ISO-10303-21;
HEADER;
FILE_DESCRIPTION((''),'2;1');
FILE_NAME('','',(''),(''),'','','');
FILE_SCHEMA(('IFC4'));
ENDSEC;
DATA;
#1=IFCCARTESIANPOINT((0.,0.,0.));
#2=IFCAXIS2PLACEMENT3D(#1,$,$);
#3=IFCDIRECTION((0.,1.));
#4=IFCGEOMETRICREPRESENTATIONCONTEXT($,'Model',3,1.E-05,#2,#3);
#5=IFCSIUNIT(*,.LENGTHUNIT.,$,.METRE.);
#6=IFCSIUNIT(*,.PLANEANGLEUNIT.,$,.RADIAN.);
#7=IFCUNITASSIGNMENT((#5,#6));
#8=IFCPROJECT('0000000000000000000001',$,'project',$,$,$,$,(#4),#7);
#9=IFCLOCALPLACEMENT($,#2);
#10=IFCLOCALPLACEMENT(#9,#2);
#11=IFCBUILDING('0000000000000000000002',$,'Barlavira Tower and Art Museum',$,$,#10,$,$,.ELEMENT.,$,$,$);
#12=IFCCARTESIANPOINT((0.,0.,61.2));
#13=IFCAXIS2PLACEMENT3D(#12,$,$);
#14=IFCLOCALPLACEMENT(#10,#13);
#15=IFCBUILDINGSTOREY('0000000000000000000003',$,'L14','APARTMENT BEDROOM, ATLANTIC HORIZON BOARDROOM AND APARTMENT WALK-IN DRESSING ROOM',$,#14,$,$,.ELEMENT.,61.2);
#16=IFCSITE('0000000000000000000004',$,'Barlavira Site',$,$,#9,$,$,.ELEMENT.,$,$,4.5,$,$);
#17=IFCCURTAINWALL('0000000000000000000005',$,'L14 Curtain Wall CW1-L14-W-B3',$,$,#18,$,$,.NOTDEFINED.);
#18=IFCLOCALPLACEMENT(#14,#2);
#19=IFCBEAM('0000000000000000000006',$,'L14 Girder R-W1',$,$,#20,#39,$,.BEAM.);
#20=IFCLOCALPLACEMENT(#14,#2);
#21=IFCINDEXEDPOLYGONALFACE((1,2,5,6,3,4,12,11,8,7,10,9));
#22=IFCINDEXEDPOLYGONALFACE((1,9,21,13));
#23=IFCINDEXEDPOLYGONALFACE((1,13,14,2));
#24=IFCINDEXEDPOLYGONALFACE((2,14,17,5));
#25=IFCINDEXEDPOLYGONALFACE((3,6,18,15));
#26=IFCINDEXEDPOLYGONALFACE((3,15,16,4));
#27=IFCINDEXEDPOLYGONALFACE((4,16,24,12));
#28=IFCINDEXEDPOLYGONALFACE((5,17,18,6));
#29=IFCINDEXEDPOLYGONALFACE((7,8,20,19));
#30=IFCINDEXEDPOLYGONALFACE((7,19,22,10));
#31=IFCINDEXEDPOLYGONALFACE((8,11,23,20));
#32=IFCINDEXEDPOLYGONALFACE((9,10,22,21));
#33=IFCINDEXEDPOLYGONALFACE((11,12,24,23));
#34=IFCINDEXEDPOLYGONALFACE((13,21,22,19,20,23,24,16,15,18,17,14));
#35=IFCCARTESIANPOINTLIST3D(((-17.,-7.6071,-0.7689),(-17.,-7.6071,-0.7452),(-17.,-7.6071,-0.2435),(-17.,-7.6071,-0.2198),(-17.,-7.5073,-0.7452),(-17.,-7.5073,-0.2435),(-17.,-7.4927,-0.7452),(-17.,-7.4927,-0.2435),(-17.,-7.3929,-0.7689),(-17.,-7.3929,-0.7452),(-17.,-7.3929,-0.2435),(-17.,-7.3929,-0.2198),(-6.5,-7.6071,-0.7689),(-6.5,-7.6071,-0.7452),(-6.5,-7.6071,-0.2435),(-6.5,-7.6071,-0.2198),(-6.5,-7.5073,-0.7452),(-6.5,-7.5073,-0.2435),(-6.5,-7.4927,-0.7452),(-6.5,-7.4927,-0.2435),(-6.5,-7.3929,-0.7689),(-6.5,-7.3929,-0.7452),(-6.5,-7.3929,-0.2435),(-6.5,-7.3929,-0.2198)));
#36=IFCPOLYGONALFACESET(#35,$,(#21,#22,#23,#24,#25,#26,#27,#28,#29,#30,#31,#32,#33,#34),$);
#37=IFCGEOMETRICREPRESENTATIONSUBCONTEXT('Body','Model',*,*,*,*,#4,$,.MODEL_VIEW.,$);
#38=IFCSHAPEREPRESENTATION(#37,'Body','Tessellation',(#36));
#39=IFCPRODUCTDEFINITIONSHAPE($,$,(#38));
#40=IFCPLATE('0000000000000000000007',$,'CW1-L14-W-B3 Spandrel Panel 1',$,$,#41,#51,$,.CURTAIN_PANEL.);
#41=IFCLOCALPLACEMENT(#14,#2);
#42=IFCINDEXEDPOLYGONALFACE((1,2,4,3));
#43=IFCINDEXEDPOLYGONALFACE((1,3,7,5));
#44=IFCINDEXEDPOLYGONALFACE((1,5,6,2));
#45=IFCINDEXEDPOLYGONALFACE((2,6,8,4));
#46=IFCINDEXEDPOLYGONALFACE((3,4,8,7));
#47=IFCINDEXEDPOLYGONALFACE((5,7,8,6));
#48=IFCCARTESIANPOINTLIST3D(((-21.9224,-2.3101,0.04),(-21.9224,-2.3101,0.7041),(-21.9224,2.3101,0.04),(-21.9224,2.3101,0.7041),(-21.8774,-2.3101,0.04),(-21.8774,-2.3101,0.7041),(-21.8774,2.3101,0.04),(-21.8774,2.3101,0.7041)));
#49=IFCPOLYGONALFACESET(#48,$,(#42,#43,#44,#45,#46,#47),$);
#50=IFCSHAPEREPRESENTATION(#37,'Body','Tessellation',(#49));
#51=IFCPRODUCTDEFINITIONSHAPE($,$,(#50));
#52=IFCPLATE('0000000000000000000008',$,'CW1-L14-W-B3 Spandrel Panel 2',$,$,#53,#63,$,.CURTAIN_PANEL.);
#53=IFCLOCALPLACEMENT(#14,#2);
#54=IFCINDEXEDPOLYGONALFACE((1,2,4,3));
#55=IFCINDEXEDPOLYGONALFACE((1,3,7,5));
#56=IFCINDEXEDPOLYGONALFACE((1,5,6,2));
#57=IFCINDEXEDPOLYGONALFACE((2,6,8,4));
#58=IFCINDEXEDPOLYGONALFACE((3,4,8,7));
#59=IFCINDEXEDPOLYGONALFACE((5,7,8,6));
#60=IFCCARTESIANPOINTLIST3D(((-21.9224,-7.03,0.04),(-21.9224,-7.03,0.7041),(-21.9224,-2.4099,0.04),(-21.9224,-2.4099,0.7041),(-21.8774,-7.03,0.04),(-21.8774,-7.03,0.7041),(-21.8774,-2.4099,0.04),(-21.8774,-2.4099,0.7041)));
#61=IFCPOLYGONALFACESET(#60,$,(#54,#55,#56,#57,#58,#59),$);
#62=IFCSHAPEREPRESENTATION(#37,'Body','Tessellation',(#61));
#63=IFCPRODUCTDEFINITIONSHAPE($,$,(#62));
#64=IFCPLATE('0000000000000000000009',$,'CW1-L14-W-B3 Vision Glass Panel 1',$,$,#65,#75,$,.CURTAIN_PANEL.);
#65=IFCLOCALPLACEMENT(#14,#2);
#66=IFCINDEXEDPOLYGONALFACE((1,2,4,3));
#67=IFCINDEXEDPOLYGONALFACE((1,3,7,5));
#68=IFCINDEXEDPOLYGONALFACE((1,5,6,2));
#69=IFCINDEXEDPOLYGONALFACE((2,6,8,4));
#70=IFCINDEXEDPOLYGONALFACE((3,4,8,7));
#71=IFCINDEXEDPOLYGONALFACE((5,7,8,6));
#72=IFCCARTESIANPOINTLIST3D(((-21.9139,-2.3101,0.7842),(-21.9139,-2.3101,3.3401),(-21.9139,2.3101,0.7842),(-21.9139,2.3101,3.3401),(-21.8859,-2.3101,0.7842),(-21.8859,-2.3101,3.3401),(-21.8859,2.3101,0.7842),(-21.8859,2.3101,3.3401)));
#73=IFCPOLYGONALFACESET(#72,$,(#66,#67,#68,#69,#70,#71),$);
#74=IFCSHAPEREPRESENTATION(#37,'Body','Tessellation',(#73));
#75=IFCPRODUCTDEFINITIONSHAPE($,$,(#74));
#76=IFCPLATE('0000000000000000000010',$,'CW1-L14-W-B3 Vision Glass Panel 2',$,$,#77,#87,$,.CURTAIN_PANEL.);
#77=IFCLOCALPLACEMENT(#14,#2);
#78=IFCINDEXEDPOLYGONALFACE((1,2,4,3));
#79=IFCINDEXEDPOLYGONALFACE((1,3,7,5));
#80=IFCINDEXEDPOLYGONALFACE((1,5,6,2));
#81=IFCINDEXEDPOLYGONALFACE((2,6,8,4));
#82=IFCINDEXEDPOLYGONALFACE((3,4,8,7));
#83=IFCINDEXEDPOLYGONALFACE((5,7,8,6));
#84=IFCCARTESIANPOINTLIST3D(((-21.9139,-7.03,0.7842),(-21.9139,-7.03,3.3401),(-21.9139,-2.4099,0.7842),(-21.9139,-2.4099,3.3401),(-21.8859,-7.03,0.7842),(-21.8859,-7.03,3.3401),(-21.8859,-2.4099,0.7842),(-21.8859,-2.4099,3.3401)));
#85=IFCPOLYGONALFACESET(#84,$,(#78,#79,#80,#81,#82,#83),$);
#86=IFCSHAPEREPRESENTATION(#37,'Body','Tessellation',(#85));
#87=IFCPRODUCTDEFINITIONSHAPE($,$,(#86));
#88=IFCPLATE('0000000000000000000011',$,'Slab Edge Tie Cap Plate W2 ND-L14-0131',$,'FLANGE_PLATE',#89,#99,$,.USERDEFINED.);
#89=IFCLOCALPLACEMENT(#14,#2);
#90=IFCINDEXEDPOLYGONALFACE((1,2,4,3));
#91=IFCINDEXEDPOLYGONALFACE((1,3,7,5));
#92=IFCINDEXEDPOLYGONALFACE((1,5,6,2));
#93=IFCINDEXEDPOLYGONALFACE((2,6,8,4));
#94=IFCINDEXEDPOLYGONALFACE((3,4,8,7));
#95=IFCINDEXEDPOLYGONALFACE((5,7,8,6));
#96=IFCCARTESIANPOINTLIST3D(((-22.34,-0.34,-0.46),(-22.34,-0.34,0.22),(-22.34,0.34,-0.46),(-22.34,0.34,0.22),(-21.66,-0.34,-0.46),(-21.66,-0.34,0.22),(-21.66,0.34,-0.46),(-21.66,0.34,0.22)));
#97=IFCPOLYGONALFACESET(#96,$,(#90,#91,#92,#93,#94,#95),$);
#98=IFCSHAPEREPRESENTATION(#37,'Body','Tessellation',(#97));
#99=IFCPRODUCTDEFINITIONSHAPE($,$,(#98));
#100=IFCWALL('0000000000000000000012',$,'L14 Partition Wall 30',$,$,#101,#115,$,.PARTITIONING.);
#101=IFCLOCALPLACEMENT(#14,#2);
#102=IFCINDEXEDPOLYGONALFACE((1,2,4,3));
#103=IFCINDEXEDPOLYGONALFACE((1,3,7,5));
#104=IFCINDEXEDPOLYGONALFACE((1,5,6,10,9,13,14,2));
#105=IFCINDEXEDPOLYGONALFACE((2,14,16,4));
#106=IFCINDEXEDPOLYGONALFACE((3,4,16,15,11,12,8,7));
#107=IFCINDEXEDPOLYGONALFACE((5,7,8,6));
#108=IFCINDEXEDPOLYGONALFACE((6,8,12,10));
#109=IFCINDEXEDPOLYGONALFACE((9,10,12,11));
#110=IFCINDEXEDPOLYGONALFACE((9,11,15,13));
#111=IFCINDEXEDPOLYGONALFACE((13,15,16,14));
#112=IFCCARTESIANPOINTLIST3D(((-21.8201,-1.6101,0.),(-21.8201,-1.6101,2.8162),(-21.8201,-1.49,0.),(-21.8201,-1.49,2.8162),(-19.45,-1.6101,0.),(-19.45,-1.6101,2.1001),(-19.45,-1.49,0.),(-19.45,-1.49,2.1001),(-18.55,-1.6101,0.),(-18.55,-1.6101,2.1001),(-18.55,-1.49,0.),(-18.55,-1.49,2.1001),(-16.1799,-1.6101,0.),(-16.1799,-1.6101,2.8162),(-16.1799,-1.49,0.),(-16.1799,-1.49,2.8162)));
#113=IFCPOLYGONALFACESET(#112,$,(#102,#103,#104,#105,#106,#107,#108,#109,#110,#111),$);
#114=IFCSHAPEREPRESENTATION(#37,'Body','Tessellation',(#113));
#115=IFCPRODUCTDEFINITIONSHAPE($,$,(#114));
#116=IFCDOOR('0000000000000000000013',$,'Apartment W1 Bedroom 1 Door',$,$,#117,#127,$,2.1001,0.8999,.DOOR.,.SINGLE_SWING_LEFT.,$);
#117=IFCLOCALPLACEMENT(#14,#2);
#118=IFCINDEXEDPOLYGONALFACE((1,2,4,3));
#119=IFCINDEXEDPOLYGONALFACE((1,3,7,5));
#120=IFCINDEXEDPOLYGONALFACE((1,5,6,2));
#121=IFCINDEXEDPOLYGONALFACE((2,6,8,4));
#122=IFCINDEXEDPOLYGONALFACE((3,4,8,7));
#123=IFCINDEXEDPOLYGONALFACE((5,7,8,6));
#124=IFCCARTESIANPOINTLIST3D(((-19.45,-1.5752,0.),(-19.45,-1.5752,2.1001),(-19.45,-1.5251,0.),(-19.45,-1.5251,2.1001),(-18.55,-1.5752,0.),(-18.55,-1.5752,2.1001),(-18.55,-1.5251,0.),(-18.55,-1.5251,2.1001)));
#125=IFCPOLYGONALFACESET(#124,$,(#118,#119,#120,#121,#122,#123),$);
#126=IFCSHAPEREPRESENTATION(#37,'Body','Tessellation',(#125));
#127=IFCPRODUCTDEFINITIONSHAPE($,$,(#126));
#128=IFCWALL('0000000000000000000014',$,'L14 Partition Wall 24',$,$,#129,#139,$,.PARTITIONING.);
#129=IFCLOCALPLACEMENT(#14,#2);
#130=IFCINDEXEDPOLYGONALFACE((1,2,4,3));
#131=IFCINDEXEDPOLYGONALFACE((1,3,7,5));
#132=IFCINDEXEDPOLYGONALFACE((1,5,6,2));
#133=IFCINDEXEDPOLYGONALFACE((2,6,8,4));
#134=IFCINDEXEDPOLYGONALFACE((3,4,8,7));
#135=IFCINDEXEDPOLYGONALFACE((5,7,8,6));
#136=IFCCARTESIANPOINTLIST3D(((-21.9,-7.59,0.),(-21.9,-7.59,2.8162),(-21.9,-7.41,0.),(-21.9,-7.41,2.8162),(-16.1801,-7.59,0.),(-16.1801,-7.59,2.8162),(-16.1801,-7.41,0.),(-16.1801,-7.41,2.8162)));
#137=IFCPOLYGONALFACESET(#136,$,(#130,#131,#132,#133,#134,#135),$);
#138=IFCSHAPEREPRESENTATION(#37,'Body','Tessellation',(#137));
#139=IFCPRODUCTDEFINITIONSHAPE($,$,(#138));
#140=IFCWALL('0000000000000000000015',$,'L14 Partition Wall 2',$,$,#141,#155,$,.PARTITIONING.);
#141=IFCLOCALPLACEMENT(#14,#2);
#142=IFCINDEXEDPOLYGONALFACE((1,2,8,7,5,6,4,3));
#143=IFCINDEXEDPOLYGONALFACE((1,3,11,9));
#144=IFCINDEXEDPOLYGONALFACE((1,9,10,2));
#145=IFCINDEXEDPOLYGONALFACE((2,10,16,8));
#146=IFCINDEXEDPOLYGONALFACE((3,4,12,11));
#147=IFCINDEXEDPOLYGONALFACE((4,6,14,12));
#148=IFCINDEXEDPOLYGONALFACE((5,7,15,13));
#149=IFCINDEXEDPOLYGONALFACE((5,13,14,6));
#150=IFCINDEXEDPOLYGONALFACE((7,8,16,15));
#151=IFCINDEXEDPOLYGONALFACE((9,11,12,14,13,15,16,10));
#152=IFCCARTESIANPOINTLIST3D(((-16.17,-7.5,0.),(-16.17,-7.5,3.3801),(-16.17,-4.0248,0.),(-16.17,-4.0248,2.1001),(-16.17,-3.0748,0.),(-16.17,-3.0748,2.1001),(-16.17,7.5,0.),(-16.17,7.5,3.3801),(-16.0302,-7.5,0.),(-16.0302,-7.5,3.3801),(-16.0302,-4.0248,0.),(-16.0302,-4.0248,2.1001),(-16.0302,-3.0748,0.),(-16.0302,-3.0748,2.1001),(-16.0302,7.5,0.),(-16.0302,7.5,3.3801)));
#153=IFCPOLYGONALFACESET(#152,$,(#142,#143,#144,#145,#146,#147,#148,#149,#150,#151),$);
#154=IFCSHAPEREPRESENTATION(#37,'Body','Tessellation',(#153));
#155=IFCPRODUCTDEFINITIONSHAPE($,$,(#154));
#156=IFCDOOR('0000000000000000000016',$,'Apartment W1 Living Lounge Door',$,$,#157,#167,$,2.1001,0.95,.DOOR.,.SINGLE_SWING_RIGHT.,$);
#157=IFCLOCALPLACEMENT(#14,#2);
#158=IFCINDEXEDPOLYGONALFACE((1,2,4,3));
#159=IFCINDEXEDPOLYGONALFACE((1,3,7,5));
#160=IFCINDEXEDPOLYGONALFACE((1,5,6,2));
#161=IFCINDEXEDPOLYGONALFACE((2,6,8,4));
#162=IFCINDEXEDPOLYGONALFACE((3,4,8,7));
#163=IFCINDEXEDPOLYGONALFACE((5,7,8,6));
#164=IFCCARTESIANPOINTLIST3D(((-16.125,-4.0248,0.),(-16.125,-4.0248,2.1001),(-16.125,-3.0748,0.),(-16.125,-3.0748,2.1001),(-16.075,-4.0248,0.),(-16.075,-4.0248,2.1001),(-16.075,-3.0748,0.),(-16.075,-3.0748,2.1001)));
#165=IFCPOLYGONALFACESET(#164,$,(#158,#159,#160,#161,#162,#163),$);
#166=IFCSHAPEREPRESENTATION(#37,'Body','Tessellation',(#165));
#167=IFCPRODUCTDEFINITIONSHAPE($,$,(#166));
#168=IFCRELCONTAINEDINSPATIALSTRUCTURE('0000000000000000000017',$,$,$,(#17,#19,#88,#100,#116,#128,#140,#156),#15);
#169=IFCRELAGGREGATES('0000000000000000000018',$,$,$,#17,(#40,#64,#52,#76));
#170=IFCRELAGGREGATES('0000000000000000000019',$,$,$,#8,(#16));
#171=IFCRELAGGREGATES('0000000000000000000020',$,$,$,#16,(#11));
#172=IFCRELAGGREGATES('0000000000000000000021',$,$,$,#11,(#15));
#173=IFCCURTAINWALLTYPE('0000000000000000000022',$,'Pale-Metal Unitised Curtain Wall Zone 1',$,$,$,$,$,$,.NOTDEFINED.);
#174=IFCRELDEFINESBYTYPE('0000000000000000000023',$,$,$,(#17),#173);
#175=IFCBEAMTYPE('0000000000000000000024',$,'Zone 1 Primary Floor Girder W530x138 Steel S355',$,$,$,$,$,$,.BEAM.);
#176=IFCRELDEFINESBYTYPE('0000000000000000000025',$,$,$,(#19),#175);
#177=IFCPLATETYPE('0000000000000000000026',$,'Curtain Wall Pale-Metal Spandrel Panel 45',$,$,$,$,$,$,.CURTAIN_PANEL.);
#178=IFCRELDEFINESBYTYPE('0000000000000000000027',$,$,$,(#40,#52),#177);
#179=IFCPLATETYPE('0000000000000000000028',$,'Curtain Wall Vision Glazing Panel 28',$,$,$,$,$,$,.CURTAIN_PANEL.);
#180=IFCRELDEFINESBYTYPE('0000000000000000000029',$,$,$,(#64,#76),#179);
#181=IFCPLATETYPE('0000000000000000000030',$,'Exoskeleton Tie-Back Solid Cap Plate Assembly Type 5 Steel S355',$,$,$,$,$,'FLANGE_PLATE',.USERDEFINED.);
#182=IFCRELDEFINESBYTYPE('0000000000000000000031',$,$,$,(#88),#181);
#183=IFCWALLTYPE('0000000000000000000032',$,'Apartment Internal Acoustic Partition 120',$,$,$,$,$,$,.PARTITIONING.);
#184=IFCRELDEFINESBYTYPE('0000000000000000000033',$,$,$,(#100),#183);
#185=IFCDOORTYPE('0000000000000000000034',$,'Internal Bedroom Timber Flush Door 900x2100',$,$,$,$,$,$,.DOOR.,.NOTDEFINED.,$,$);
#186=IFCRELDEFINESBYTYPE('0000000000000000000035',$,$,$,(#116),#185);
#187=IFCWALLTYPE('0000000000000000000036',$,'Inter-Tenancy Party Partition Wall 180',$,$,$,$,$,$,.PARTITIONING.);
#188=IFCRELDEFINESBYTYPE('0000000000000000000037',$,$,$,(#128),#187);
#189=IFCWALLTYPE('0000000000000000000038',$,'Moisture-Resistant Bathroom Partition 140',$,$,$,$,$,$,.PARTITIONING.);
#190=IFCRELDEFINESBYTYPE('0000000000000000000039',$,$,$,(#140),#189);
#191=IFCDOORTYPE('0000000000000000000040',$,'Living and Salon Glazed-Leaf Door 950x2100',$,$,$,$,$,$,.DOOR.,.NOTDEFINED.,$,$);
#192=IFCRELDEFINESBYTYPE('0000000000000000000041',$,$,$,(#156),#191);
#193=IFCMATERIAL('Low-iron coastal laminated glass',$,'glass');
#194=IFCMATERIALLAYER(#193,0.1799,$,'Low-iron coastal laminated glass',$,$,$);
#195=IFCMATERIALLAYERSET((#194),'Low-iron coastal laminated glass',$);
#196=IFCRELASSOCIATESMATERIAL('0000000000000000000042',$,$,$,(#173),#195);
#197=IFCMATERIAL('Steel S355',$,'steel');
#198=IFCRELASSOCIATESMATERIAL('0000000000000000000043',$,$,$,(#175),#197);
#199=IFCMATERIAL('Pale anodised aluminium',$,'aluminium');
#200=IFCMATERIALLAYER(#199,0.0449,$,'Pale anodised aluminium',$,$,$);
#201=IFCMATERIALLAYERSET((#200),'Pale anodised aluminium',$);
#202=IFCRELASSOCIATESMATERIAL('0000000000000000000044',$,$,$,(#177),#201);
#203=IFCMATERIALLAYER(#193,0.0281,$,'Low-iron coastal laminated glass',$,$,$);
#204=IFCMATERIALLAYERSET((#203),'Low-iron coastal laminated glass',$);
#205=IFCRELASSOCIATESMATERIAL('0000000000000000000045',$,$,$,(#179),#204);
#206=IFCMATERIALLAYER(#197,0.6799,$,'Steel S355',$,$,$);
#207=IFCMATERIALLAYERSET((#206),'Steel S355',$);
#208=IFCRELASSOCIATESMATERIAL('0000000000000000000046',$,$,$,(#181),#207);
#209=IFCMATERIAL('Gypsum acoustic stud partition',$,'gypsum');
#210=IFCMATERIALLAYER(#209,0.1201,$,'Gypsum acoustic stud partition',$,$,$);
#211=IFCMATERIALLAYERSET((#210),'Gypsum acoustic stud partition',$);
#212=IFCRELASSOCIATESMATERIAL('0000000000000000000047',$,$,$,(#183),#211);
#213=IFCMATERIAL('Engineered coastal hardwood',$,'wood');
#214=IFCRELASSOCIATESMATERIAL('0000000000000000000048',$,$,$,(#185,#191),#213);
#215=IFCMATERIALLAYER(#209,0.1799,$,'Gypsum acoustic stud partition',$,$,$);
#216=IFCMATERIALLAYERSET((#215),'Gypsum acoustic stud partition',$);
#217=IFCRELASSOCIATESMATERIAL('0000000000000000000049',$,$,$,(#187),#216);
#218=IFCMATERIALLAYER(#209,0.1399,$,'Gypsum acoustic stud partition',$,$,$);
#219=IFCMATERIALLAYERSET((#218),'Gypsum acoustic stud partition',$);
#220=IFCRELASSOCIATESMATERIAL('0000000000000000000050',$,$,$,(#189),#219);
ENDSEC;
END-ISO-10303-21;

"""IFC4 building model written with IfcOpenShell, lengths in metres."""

from ifc_helpers import new_model, si_unit, direction, frame, frame_2d, origin, origin_2d, place, context, subcontext, project, spatial, rectangle, i_section, extrude, material, layer, layer_set, material_profile, profile_set, type_object, element, fill, aggregate, save


model = new_model("IFC4")

# Units and contexts
model_context = context("Model", 3, precision=1e-05, world=origin(), true_north=direction((0.0, 1.0)))
body_context = subcontext(model_context, "Body", "Model", "MODEL_VIEW")
ifc_project = project(units=[si_unit("LENGTHUNIT", "METRE"), si_unit("PLANEANGLEUNIT", "RADIAN")], contexts=[model_context])

# Site, building, storey
site_placement = place(None, origin())
site = spatial("IfcSite", under=ifc_project, at=site_placement, Name="Barlavira Site", CompositionType="ELEMENT", RefElevation=4.5)
building_placement = place(site_placement, origin())
building = spatial("IfcBuilding", under=site, at=building_placement, Name="Barlavira Tower and Art Museum", CompositionType="ELEMENT")
storey_placement = place(building_placement, frame((0.0, 0.0, 61.2)))
storey = spatial("IfcBuildingStorey", under=building, at=storey_placement, Name="L14", Description="APARTMENT BEDROOM, ATLANTIC HORIZON BOARDROOM AND APARTMENT WALK-IN DRESSING ROOM", CompositionType="ELEMENT", Elevation=61.2)

# Curtain wall
ifc_material_1 = material(Name="Low-iron coastal laminated glass", Category="glass")
ifc_layer_1 = layer(ifc_material_1, 0.1799, Name="Low-iron coastal laminated glass")
ifc_layer_set_1 = layer_set([ifc_layer_1], Name="Low-iron coastal laminated glass")
curtain_wall_type = type_object("IfcCurtainWallType", Name="Pale-Metal Unitised Curtain Wall Zone 1", PredefinedType="NOTDEFINED", material=ifc_layer_set_1)
curtain_wall_placement = place(storey_placement, origin())
curtain_wall = element("IfcCurtainWall", 1, at=curtain_wall_placement, inside=storey, type_object=curtain_wall_type, Name="L14 Curtain Wall CW1-L14-W-B3", PredefinedType="NOTDEFINED")
ifc_material_2 = material(Name="Pale anodised aluminium", Category="aluminium")

# Shared definitions
ifc_material_3 = material(Name="Steel S355", Category="steel")

# Beam
ifc_material_profile_1 = material_profile(ifc_material_3, i_section(OverallWidth=0.2141, OverallDepth=0.5491, WebThickness=0.0146, FlangeThickness=0.0237, at=origin_2d()), Name="W530x138.0")
ifc_profile_set_1 = profile_set([ifc_material_profile_1], Name="Steel S355")
beam_type_1 = type_object("IfcBeamType", Name="Zone 1 Primary Floor Girder W530x138 Steel S355", PredefinedType="BEAM", material=ifc_profile_set_1)
beam_1_placement = place(storey_placement, frame((-17.0, -7.5, -0.4944), z_axis=(1.0, 0.0, 0.0), x_axis=(0.0, 1.0, 0.0)))
element("IfcBeam", 2, at=beam_1_placement, inside=storey, type_object=beam_type_1, Name="L14 Girder R-W1", PredefinedType="BEAM", context=body_context, shape_type="SweptSolid", body=[
    extrude(i_section(OverallWidth=0.2141, OverallDepth=0.5491, WebThickness=0.0146, FlangeThickness=0.0237, at=origin_2d()), origin(), (0.0, 0.0, 1.0), 10.5),
])

# Plates
ifc_layer_2 = layer(ifc_material_2, 0.0449, Name="Pale anodised aluminium")
ifc_layer_set_2 = layer_set([ifc_layer_2], Name="Pale anodised aluminium")
plate_type_1 = type_object("IfcPlateType", Name="Curtain Wall Pale-Metal Spandrel Panel 45", PredefinedType="CURTAIN_PANEL", material=ifc_layer_set_2)
plate_1_placement = place(storey_placement, frame((-21.8999, 0.0, 0.04), z_axis=(0.0, 0.0, 1.0), x_axis=(0.0, -1.0, 0.0)))
plate_1 = element("IfcPlate", 3, at=plate_1_placement, type_object=plate_type_1, Name="CW1-L14-W-B3 Spandrel Panel 1", PredefinedType="CURTAIN_PANEL", context=body_context, shape_type="SweptSolid", body=[
    extrude(rectangle(XDim=4.6201, YDim=0.0449, at=origin_2d()), origin(), (0.0, 0.0, 1.0), 0.6641),
])
plate_2_placement = place(storey_placement, frame((-21.8999, -4.72, 0.04), z_axis=(0.0, 0.0, 1.0), x_axis=(0.0, -1.0, 0.0)))
plate_2 = element("IfcPlate", 4, at=plate_2_placement, type_object=plate_type_1, Name="CW1-L14-W-B3 Spandrel Panel 2", PredefinedType="CURTAIN_PANEL", context=body_context, shape_type="SweptSolid", body=[
    extrude(rectangle(XDim=4.6201, YDim=0.0449, at=origin_2d()), origin(), (0.0, 0.0, 1.0), 0.6641),
])
ifc_layer_3 = layer(ifc_material_1, 0.0281, Name="Low-iron coastal laminated glass")
ifc_layer_set_3 = layer_set([ifc_layer_3], Name="Low-iron coastal laminated glass")
plate_type_2 = type_object("IfcPlateType", Name="Curtain Wall Vision Glazing Panel 28", PredefinedType="CURTAIN_PANEL", material=ifc_layer_set_3)
plate_3_placement = place(storey_placement, frame((-21.8999, 0.0, 0.7842), z_axis=(0.0, 0.0, 1.0), x_axis=(0.0, -1.0, 0.0)))
plate_3 = element("IfcPlate", 5, at=plate_3_placement, type_object=plate_type_2, Name="CW1-L14-W-B3 Vision Glass Panel 1", PredefinedType="CURTAIN_PANEL", context=body_context, shape_type="SweptSolid", body=[
    extrude(rectangle(XDim=4.6201, YDim=0.0281, at=origin_2d()), origin(), (0.0, 0.0, 1.0), 2.5559),
])
plate_4_placement = place(storey_placement, frame((-21.8999, -4.72, 0.7842), z_axis=(0.0, 0.0, 1.0), x_axis=(0.0, -1.0, 0.0)))
plate_4 = element("IfcPlate", 6, at=plate_4_placement, type_object=plate_type_2, Name="CW1-L14-W-B3 Vision Glass Panel 2", PredefinedType="CURTAIN_PANEL", context=body_context, shape_type="SweptSolid", body=[
    extrude(rectangle(XDim=4.6201, YDim=0.0281, at=origin_2d()), origin(), (0.0, 0.0, 1.0), 2.5559),
])
aggregate(curtain_wall, [plate_1, plate_3, plate_2, plate_4])
ifc_layer_4 = layer(ifc_material_3, 0.6799, Name="Steel S355")
ifc_layer_set_4 = layer_set([ifc_layer_4], Name="Steel S355")
plate_type_3 = type_object("IfcPlateType", Name="Exoskeleton Tie-Back Solid Cap Plate Assembly Type 5 Steel S355", ElementType="FLANGE_PLATE", PredefinedType="USERDEFINED", material=ifc_layer_set_4)
plate_5_placement = place(storey_placement, frame((-22.0, 0.0, -0.46), z_axis=(0.0, 0.0, 1.0), x_axis=(1.0, 0.0, 0.0)))
element("IfcPlate", 7, at=plate_5_placement, inside=storey, type_object=plate_type_3, Name="Slab Edge Tie Cap Plate W2 ND-L14-0131", ObjectType="FLANGE_PLATE", PredefinedType="USERDEFINED", context=body_context, shape_type="SweptSolid", body=[
    extrude(rectangle(XDim=0.6799, YDim=0.6799, at=origin_2d()), origin(), (0.0, 0.0, 1.0), 0.6799),
])

# Wall, opening, door
ifc_material_4 = material(Name="Gypsum acoustic stud partition", Category="gypsum")
ifc_layer_5 = layer(ifc_material_4, 0.1201, Name="Gypsum acoustic stud partition")
ifc_layer_set_5 = layer_set([ifc_layer_5], Name="Gypsum acoustic stud partition")
wall_type_1 = type_object("IfcWallType", Name="Apartment Internal Acoustic Partition 120", PredefinedType="PARTITIONING", material=ifc_layer_set_5)
wall_1_placement = place(storey_placement, frame((-21.8201, -1.55, 0.0), z_axis=(0.0, 0.0, 1.0), x_axis=(1.0, 0.0, 0.0)))
wall_1 = element("IfcWall", 8, at=wall_1_placement, inside=storey, type_object=wall_type_1, Name="L14 Partition Wall 30", PredefinedType="PARTITIONING", context=body_context, shape_type="SweptSolid", body=[
    extrude(rectangle(XDim=5.6401, YDim=0.1201, at=frame_2d((2.8201, 0.0))), origin(), (0.0, 0.0, 1.0), 2.8162),
])
opening_1_placement = place(wall_1_placement, frame((2.3701, 0.0, 0.0)))
opening_1 = element("IfcOpeningElement", 9, at=opening_1_placement, cuts=wall_1, PredefinedType="OPENING", context=body_context, shape_type="SweptSolid", body=[
    extrude(rectangle(XDim=0.8999, YDim=2.1001, at=frame_2d((0.45, 1.05))), frame((0.0, 0.0701, 0.0), z_axis=(0.0, -1.0, 0.0), x_axis=(1.0, 0.0, 0.0)), (0.0, 0.0, 1.0), 0.1401),
])
ifc_material_5 = material(Name="Engineered coastal hardwood", Category="wood")
door_type_1 = type_object("IfcDoorType", Name="Internal Bedroom Timber Flush Door 900x2100", OperationType="NOTDEFINED", PredefinedType="DOOR", material=ifc_material_5)
door_1_placement = place(opening_1_placement, origin())
door_1 = element("IfcDoor", 10, at=door_1_placement, inside=storey, type_object=door_type_1, Name="Apartment W1 Bedroom 1 Door", OperationType="SINGLE_SWING_LEFT", OverallHeight=2.1001, OverallWidth=0.8999, PredefinedType="DOOR", context=body_context, shape_type="SweptSolid", body=[
    extrude(rectangle(XDim=0.8999, YDim=2.1001, at=frame_2d((0.45, 1.05))), frame((0.0, 0.0249, 0.0), z_axis=(0.0, -1.0, 0.0), x_axis=(1.0, 0.0, 0.0)), (0.0, 0.0, 1.0), 0.05),
])
fill(opening_1, door_1)

# Wall
ifc_layer_6 = layer(ifc_material_4, 0.1799, Name="Gypsum acoustic stud partition")
ifc_layer_set_6 = layer_set([ifc_layer_6], Name="Gypsum acoustic stud partition")
wall_type_2 = type_object("IfcWallType", Name="Inter-Tenancy Party Partition Wall 180", PredefinedType="PARTITIONING", material=ifc_layer_set_6)
wall_2_placement = place(storey_placement, frame((-21.8999, -7.5, 0.0), z_axis=(0.0, 0.0, 1.0), x_axis=(1.0, 0.0, 0.0)))
element("IfcWall", 11, at=wall_2_placement, inside=storey, type_object=wall_type_2, Name="L14 Partition Wall 24", PredefinedType="PARTITIONING", context=body_context, shape_type="SweptSolid", body=[
    extrude(rectangle(XDim=5.72, YDim=0.1799, at=frame_2d((2.8599, 0.0))), origin(), (0.0, 0.0, 1.0), 2.8162),
])

# Wall, opening, door
ifc_layer_7 = layer(ifc_material_4, 0.1399, Name="Gypsum acoustic stud partition")
ifc_layer_set_7 = layer_set([ifc_layer_7], Name="Gypsum acoustic stud partition")
wall_type_3 = type_object("IfcWallType", Name="Moisture-Resistant Bathroom Partition 140", PredefinedType="PARTITIONING", material=ifc_layer_set_7)
wall_3_placement = place(storey_placement, frame((-16.1001, -7.5, 0.0), z_axis=(0.0, 0.0, 1.0), x_axis=(0.0, 1.0, 0.0)))
wall_3 = element("IfcWall", 12, at=wall_3_placement, inside=storey, type_object=wall_type_3, Name="L14 Partition Wall 2", PredefinedType="PARTITIONING", context=body_context, shape_type="SweptSolid", body=[
    extrude(rectangle(XDim=15.0, YDim=0.1399, at=frame_2d((7.5, 0.0))), origin(), (0.0, 0.0, 1.0), 3.3801),
])
opening_2_placement = place(wall_3_placement, frame((3.4751, 0.0, 0.0)))
opening_2 = element("IfcOpeningElement", 13, at=opening_2_placement, cuts=wall_3, PredefinedType="OPENING", context=body_context, shape_type="SweptSolid", body=[
    extrude(rectangle(XDim=0.95, YDim=2.1001, at=frame_2d((0.4751, 1.05))), frame((0.0, 0.0801, 0.0), z_axis=(0.0, -1.0, 0.0), x_axis=(1.0, 0.0, 0.0)), (0.0, 0.0, 1.0), 0.1599),
])
door_type_2 = type_object("IfcDoorType", Name="Living and Salon Glazed-Leaf Door 950x2100", OperationType="NOTDEFINED", PredefinedType="DOOR", material=ifc_material_5)
door_2_placement = place(opening_2_placement, origin())
door_2 = element("IfcDoor", 14, at=door_2_placement, inside=storey, type_object=door_type_2, Name="Apartment W1 Living Lounge Door", OperationType="SINGLE_SWING_RIGHT", OverallHeight=2.1001, OverallWidth=0.95, PredefinedType="DOOR", context=body_context, shape_type="SweptSolid", body=[
    extrude(rectangle(XDim=0.95, YDim=2.1001, at=frame_2d((0.4751, 1.05))), frame((0.0, 0.0249, 0.0), z_axis=(0.0, -1.0, 0.0), x_axis=(1.0, 0.0, 0.0)), (0.0, 0.0, 1.0), 0.05),
])
fill(opening_2, door_2)

save(model, "model.ifc")
